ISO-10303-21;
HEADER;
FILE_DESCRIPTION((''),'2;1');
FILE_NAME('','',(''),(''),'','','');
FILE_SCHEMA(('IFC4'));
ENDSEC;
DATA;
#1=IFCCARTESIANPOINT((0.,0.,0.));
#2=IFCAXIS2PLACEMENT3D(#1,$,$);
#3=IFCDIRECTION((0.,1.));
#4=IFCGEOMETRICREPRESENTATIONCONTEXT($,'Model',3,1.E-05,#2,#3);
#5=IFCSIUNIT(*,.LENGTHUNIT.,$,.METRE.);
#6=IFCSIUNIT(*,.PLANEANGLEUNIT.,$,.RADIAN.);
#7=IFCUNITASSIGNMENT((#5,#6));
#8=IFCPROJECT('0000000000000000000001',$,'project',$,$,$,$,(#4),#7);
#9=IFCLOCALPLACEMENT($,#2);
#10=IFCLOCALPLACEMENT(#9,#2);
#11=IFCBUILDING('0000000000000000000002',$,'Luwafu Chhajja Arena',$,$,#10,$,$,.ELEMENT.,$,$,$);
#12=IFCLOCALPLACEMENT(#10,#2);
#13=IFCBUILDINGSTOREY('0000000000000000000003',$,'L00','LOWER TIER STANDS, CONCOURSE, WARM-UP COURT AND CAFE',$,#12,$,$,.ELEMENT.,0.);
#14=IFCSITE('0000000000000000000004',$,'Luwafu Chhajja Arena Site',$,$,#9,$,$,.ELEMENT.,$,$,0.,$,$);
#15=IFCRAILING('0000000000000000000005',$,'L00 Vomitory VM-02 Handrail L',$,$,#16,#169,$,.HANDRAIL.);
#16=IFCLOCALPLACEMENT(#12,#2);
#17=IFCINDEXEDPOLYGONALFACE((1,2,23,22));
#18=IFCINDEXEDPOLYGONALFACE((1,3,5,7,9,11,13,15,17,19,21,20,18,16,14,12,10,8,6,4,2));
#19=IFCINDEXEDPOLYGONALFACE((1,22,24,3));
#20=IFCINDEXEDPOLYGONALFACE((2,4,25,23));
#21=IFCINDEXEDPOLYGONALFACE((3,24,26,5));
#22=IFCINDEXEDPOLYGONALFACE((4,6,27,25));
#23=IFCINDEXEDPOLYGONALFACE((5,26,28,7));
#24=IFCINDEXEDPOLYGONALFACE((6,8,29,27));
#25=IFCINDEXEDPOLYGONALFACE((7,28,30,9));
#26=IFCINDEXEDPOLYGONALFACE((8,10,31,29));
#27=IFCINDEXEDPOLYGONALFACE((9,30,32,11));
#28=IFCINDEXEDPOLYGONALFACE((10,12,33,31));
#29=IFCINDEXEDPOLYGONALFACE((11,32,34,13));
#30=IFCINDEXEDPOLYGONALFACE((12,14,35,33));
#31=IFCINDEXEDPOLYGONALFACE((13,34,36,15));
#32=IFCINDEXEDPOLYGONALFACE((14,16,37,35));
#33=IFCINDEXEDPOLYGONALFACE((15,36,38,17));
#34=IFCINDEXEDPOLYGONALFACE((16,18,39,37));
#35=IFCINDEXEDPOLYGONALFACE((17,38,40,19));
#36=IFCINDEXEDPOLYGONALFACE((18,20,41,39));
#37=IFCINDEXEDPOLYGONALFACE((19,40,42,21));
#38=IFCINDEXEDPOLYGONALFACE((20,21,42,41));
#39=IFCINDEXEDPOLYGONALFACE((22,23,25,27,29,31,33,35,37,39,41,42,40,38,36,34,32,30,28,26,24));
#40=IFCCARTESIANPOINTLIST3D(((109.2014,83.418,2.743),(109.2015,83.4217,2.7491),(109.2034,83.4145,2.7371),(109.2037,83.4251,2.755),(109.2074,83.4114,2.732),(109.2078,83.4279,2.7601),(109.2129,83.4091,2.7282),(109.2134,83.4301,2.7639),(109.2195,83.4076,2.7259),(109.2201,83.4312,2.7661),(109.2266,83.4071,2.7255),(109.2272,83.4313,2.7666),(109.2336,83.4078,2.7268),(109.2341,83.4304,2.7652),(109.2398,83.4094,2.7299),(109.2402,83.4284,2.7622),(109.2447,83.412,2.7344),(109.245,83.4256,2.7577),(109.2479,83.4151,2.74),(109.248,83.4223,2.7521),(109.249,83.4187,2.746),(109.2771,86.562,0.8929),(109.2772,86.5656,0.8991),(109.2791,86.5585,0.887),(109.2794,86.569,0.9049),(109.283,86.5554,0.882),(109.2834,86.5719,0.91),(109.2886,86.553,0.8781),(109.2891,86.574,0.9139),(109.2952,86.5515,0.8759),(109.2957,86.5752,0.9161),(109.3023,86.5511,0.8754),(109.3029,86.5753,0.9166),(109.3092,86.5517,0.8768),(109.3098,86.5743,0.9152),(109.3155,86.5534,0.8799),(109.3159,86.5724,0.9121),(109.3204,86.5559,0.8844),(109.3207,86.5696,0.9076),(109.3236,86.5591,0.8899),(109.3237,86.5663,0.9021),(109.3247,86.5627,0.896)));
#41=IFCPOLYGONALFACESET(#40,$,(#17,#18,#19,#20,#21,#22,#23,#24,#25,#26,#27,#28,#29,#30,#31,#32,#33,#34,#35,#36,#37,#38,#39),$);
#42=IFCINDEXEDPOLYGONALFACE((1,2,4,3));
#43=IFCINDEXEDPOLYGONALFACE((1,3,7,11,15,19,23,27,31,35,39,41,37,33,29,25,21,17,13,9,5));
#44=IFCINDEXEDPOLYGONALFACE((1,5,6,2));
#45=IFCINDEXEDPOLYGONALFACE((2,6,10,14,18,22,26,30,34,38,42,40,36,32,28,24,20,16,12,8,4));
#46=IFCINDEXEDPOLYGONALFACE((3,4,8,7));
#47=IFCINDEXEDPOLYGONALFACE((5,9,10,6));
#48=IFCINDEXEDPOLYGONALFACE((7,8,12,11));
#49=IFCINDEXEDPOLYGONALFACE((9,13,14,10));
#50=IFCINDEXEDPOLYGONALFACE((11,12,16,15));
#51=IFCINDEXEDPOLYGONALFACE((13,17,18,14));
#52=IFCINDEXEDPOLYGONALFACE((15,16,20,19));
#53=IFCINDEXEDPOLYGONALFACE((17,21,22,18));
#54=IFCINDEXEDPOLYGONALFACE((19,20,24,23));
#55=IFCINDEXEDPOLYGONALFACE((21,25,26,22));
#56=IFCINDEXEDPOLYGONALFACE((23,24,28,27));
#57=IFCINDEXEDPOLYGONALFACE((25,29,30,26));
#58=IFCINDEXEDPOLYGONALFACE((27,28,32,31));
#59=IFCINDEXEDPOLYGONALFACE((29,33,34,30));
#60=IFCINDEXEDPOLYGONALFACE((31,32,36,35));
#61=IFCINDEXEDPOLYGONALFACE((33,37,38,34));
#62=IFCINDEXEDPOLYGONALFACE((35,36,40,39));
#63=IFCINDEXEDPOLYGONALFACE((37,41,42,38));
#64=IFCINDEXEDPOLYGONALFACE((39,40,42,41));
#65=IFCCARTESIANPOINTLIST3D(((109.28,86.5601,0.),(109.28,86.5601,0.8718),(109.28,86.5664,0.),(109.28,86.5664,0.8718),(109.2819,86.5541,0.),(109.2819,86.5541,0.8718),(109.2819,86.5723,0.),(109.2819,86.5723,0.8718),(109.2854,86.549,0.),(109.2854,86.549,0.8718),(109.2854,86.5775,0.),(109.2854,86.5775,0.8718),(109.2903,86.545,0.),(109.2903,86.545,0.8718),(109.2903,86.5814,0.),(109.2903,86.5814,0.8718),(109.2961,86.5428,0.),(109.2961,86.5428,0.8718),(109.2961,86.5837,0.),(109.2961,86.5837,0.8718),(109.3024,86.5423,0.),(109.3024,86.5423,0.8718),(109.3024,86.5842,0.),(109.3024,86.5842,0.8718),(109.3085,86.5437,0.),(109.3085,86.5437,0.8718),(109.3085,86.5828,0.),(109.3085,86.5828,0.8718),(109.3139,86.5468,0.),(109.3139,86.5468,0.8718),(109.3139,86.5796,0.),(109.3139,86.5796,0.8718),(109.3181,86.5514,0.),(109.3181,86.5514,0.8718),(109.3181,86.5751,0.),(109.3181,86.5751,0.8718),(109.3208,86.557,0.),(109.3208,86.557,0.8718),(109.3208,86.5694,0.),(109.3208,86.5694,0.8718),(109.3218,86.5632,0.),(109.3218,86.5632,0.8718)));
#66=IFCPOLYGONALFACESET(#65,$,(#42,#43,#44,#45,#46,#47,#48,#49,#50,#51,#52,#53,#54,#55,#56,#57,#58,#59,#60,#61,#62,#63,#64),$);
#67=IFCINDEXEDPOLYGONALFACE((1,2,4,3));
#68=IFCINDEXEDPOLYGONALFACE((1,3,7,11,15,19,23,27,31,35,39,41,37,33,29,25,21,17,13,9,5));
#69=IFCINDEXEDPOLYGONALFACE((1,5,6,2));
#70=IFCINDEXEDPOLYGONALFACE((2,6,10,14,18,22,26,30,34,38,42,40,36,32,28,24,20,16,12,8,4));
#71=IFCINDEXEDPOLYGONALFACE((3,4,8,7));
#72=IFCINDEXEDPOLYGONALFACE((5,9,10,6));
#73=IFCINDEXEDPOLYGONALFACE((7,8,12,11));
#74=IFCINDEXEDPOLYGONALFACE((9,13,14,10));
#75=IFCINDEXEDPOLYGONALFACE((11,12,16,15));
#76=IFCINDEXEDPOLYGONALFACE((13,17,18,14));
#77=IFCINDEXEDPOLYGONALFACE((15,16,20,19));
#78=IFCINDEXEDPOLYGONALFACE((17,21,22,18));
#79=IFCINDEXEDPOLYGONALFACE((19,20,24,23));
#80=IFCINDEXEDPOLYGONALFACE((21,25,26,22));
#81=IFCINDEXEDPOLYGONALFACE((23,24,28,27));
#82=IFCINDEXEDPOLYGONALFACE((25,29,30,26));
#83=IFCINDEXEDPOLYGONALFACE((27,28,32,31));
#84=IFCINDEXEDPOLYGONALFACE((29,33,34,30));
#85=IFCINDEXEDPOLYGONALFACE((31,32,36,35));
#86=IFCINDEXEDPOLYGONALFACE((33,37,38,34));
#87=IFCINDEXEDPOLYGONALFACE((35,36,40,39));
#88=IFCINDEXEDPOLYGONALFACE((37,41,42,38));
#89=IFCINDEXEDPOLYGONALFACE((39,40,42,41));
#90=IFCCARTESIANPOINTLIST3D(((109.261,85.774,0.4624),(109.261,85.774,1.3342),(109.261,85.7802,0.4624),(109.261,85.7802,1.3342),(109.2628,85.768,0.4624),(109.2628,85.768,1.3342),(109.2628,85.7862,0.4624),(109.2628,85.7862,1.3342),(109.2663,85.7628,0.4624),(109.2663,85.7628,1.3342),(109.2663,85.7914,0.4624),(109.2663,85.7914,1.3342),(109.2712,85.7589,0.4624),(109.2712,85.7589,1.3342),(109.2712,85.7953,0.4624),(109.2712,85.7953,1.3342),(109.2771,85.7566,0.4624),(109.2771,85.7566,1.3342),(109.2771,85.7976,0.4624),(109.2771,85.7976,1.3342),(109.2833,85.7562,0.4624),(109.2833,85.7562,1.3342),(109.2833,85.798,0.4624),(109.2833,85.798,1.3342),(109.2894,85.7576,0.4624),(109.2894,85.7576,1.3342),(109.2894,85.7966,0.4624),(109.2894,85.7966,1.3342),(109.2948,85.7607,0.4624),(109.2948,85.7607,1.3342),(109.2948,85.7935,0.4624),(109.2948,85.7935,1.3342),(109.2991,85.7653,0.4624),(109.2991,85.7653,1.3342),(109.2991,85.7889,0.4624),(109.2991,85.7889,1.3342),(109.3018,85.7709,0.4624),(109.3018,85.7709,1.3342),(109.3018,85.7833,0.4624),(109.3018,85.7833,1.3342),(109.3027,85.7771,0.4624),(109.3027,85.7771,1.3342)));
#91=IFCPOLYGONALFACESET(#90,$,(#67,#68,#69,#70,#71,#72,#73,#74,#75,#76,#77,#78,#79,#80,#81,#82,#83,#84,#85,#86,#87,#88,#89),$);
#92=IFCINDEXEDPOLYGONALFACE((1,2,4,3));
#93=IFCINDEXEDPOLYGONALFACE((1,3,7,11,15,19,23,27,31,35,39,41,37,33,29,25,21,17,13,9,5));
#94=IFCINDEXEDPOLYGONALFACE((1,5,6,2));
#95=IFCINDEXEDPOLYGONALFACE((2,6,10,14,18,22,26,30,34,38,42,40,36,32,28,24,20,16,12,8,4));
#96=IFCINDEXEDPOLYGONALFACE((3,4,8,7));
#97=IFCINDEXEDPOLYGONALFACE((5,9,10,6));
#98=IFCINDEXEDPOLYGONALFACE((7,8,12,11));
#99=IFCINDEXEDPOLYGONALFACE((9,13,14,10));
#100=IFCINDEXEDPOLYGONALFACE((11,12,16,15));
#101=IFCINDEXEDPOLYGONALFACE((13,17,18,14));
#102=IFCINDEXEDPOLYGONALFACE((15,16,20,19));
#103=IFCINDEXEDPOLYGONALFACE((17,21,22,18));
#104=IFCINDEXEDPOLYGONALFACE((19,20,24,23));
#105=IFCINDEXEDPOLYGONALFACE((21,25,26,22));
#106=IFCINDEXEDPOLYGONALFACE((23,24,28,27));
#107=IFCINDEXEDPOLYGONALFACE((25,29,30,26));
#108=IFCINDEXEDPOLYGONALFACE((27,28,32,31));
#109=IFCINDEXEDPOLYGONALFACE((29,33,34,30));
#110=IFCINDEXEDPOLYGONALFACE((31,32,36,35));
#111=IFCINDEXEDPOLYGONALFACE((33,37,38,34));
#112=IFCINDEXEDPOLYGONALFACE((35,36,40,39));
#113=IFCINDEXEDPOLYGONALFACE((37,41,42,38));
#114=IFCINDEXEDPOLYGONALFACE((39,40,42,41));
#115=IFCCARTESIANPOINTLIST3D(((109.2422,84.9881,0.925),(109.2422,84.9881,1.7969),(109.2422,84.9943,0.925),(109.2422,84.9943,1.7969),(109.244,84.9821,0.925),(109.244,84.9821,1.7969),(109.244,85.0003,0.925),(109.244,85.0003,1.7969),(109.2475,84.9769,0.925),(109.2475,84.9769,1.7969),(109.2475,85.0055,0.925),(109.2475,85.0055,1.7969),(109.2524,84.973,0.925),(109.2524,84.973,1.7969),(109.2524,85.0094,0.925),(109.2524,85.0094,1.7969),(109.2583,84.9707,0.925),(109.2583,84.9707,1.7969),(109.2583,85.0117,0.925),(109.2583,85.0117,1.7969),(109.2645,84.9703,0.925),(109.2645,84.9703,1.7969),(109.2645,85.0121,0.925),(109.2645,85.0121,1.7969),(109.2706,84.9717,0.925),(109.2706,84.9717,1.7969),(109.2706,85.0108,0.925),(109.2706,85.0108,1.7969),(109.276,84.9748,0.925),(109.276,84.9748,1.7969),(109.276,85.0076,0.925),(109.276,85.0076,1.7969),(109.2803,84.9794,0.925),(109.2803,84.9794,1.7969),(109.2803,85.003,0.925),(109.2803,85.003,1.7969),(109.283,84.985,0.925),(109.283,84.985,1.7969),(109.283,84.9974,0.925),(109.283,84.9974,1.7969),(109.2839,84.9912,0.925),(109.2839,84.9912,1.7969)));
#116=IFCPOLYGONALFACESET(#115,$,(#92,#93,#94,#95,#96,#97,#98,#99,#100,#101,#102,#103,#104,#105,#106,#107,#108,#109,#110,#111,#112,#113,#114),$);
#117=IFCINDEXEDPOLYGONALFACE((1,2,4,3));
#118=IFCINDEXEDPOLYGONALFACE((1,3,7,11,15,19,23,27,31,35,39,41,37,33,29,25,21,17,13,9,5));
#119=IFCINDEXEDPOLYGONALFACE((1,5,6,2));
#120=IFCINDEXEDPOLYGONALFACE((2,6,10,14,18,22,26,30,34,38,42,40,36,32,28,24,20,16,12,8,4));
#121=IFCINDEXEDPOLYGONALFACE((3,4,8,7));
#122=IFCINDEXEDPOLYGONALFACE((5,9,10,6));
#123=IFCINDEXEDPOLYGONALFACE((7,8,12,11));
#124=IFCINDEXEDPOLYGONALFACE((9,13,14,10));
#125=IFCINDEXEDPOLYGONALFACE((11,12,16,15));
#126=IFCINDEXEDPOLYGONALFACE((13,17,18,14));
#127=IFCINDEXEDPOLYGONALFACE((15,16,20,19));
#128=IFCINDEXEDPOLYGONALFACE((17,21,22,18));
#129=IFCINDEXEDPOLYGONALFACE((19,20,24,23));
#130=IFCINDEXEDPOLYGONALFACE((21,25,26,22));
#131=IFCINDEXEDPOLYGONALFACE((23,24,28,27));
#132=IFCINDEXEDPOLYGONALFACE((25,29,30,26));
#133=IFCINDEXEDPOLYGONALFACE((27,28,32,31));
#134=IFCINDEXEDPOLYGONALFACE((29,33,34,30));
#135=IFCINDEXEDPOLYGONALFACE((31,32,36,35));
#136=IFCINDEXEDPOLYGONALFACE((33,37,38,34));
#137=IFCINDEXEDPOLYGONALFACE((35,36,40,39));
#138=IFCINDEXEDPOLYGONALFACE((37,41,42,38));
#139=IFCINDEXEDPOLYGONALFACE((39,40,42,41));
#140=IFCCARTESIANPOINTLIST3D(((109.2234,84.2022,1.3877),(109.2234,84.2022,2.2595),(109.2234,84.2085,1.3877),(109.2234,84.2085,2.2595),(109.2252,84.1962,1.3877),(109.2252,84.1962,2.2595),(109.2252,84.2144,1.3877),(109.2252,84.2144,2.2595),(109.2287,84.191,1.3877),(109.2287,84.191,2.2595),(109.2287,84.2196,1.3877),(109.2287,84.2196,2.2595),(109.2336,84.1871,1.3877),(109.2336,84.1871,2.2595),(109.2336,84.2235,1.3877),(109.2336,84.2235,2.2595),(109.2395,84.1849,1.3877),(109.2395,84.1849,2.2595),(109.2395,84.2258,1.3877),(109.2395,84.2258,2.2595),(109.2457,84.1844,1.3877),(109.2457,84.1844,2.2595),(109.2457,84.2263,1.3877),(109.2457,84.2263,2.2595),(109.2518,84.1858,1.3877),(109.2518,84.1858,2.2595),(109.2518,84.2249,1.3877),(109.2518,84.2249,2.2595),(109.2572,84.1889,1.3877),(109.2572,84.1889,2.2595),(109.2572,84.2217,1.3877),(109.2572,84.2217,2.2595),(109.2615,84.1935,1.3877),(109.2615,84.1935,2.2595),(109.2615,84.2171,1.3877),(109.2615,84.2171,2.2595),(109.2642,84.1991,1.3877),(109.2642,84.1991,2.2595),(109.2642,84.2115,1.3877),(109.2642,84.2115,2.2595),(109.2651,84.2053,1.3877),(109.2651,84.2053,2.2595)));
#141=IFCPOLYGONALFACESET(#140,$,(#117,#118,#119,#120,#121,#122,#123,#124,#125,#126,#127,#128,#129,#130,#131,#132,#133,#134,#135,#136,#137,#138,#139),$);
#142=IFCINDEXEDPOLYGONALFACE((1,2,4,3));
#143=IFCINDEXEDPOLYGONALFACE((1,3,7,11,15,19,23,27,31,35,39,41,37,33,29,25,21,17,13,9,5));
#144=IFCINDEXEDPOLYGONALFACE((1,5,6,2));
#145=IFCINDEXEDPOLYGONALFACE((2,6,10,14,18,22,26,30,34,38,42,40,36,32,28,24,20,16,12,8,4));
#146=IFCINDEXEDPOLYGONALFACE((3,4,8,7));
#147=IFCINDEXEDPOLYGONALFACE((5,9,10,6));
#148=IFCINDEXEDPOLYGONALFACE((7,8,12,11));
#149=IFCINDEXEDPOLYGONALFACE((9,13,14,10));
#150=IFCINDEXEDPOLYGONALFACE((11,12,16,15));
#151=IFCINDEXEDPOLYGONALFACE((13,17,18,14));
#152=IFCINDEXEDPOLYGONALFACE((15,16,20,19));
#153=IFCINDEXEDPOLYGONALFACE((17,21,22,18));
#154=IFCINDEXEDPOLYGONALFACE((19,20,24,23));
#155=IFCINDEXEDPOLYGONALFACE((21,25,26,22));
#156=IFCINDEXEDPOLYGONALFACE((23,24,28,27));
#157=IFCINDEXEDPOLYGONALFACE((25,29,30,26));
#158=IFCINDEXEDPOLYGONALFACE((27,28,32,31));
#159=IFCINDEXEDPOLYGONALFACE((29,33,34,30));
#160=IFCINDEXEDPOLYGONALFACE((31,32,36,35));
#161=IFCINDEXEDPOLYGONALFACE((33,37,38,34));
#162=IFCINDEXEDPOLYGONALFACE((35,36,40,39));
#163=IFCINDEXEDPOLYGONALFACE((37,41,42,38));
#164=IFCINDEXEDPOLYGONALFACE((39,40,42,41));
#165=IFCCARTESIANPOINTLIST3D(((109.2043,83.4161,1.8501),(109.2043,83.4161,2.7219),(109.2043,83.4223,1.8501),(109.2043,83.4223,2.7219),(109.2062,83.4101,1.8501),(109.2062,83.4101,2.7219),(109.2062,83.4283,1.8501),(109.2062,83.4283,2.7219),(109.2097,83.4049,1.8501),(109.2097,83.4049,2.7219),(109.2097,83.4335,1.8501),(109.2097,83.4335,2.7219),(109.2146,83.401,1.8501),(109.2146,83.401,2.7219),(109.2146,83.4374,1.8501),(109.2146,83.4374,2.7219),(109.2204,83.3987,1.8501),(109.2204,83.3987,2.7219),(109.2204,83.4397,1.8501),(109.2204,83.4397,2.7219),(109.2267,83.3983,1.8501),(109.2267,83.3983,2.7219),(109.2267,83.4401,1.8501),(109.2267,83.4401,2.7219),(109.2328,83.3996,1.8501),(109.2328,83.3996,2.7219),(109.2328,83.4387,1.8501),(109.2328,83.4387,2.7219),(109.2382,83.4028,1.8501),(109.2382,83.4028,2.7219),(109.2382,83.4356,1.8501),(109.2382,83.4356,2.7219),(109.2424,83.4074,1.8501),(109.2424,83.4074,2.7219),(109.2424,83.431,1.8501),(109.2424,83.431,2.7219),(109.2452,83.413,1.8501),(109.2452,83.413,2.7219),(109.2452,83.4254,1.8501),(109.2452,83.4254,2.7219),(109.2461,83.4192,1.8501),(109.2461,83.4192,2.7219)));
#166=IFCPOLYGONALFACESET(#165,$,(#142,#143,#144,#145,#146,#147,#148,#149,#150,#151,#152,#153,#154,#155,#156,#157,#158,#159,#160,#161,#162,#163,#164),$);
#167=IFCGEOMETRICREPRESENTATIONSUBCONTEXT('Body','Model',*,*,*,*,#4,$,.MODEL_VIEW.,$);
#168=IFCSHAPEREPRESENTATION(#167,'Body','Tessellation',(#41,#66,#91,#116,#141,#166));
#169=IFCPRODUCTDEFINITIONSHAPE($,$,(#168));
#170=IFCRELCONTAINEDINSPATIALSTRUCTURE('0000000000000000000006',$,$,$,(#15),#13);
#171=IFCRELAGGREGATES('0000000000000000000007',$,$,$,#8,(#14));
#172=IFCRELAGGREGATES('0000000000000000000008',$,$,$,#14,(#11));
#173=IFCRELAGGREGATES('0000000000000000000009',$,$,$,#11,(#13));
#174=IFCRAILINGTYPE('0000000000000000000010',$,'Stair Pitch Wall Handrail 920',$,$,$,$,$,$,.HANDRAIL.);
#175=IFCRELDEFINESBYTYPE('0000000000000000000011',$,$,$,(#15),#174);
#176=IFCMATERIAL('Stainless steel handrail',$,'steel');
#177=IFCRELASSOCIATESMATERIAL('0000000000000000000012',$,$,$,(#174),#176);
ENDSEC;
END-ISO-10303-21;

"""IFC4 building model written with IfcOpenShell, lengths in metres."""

from ifc_helpers import new_model, si_unit, direction, frame, origin, origin_2d, place, context, subcontext, project, spatial, circle, extrude, material, type_object, element, save


model = new_model("IFC4")

# Units and contexts
model_context = context("Model", 3, precision=1e-05, world=origin(), true_north=direction((0.0, 1.0)))
body_context = subcontext(model_context, "Body", "Model", "MODEL_VIEW")
ifc_project = project(units=[si_unit("LENGTHUNIT", "METRE"), si_unit("PLANEANGLEUNIT", "RADIAN")], contexts=[model_context])

# Site, building, storey
site_placement = place(None, origin())
site = spatial("IfcSite", under=ifc_project, at=site_placement, Name="Luwafu Chhajja Arena Site", CompositionType="ELEMENT", RefElevation=0.0)
building_placement = place(site_placement, origin())
building = spatial("IfcBuilding", under=site, at=building_placement, Name="Luwafu Chhajja Arena", CompositionType="ELEMENT")
storey_placement = place(building_placement, origin())
storey = spatial("IfcBuildingStorey", under=building, at=storey_placement, Name="L00", Description="LOWER TIER STANDS, CONCOURSE, WARM-UP COURT AND CAFE", CompositionType="ELEMENT", Elevation=0.0)

# Railing
ifc_material_1 = material(Name="Stainless steel handrail", Category="steel")
railing_type_1 = type_object("IfcRailingType", Name="Stair Pitch Wall Handrail 920", PredefinedType="HANDRAIL", material=ifc_material_1)
railing_1_placement = place(storey_placement, frame((109.3008, 86.5632, 0.0)))
element("IfcRailing", 1, at=railing_1_placement, inside=storey, type_object=railing_type_1, Name="L00 Vomitory VM-02 Handrail L", PredefinedType="HANDRAIL", context=body_context, shape_type="SweptSolid", body=[
    extrude(circle(Radius=0.0239, at=origin_2d()), frame((0.0, 0.0, 0.896), z_axis=(-0.020742, -0.86167, 0.507046), x_axis=(0.99971, -0.024065, 0.0)), (0.0, 0.0, 1.0), 3.6487),
    extrude(circle(Radius=0.021, at=origin_2d()), origin(), (0.0, 0.0, 1.0), 0.8718),
    extrude(circle(Radius=0.021, at=origin_2d()), frame((-0.019, -0.7861, 0.4624)), (0.0, 0.0, 1.0), 0.8718),
    extrude(circle(Radius=0.021, at=origin_2d()), frame((-0.0378, -1.572, 0.925)), (0.0, 0.0, 1.0), 0.8718),
    extrude(circle(Radius=0.021, at=origin_2d()), frame((-0.0566, -2.3579, 1.3877)), (0.0, 0.0, 1.0), 0.8718),
    extrude(circle(Radius=0.021, at=origin_2d()), frame((-0.0757, -3.144, 1.8501)), (0.0, 0.0, 1.0), 0.8718),
])

save(model, "model.ifc")
